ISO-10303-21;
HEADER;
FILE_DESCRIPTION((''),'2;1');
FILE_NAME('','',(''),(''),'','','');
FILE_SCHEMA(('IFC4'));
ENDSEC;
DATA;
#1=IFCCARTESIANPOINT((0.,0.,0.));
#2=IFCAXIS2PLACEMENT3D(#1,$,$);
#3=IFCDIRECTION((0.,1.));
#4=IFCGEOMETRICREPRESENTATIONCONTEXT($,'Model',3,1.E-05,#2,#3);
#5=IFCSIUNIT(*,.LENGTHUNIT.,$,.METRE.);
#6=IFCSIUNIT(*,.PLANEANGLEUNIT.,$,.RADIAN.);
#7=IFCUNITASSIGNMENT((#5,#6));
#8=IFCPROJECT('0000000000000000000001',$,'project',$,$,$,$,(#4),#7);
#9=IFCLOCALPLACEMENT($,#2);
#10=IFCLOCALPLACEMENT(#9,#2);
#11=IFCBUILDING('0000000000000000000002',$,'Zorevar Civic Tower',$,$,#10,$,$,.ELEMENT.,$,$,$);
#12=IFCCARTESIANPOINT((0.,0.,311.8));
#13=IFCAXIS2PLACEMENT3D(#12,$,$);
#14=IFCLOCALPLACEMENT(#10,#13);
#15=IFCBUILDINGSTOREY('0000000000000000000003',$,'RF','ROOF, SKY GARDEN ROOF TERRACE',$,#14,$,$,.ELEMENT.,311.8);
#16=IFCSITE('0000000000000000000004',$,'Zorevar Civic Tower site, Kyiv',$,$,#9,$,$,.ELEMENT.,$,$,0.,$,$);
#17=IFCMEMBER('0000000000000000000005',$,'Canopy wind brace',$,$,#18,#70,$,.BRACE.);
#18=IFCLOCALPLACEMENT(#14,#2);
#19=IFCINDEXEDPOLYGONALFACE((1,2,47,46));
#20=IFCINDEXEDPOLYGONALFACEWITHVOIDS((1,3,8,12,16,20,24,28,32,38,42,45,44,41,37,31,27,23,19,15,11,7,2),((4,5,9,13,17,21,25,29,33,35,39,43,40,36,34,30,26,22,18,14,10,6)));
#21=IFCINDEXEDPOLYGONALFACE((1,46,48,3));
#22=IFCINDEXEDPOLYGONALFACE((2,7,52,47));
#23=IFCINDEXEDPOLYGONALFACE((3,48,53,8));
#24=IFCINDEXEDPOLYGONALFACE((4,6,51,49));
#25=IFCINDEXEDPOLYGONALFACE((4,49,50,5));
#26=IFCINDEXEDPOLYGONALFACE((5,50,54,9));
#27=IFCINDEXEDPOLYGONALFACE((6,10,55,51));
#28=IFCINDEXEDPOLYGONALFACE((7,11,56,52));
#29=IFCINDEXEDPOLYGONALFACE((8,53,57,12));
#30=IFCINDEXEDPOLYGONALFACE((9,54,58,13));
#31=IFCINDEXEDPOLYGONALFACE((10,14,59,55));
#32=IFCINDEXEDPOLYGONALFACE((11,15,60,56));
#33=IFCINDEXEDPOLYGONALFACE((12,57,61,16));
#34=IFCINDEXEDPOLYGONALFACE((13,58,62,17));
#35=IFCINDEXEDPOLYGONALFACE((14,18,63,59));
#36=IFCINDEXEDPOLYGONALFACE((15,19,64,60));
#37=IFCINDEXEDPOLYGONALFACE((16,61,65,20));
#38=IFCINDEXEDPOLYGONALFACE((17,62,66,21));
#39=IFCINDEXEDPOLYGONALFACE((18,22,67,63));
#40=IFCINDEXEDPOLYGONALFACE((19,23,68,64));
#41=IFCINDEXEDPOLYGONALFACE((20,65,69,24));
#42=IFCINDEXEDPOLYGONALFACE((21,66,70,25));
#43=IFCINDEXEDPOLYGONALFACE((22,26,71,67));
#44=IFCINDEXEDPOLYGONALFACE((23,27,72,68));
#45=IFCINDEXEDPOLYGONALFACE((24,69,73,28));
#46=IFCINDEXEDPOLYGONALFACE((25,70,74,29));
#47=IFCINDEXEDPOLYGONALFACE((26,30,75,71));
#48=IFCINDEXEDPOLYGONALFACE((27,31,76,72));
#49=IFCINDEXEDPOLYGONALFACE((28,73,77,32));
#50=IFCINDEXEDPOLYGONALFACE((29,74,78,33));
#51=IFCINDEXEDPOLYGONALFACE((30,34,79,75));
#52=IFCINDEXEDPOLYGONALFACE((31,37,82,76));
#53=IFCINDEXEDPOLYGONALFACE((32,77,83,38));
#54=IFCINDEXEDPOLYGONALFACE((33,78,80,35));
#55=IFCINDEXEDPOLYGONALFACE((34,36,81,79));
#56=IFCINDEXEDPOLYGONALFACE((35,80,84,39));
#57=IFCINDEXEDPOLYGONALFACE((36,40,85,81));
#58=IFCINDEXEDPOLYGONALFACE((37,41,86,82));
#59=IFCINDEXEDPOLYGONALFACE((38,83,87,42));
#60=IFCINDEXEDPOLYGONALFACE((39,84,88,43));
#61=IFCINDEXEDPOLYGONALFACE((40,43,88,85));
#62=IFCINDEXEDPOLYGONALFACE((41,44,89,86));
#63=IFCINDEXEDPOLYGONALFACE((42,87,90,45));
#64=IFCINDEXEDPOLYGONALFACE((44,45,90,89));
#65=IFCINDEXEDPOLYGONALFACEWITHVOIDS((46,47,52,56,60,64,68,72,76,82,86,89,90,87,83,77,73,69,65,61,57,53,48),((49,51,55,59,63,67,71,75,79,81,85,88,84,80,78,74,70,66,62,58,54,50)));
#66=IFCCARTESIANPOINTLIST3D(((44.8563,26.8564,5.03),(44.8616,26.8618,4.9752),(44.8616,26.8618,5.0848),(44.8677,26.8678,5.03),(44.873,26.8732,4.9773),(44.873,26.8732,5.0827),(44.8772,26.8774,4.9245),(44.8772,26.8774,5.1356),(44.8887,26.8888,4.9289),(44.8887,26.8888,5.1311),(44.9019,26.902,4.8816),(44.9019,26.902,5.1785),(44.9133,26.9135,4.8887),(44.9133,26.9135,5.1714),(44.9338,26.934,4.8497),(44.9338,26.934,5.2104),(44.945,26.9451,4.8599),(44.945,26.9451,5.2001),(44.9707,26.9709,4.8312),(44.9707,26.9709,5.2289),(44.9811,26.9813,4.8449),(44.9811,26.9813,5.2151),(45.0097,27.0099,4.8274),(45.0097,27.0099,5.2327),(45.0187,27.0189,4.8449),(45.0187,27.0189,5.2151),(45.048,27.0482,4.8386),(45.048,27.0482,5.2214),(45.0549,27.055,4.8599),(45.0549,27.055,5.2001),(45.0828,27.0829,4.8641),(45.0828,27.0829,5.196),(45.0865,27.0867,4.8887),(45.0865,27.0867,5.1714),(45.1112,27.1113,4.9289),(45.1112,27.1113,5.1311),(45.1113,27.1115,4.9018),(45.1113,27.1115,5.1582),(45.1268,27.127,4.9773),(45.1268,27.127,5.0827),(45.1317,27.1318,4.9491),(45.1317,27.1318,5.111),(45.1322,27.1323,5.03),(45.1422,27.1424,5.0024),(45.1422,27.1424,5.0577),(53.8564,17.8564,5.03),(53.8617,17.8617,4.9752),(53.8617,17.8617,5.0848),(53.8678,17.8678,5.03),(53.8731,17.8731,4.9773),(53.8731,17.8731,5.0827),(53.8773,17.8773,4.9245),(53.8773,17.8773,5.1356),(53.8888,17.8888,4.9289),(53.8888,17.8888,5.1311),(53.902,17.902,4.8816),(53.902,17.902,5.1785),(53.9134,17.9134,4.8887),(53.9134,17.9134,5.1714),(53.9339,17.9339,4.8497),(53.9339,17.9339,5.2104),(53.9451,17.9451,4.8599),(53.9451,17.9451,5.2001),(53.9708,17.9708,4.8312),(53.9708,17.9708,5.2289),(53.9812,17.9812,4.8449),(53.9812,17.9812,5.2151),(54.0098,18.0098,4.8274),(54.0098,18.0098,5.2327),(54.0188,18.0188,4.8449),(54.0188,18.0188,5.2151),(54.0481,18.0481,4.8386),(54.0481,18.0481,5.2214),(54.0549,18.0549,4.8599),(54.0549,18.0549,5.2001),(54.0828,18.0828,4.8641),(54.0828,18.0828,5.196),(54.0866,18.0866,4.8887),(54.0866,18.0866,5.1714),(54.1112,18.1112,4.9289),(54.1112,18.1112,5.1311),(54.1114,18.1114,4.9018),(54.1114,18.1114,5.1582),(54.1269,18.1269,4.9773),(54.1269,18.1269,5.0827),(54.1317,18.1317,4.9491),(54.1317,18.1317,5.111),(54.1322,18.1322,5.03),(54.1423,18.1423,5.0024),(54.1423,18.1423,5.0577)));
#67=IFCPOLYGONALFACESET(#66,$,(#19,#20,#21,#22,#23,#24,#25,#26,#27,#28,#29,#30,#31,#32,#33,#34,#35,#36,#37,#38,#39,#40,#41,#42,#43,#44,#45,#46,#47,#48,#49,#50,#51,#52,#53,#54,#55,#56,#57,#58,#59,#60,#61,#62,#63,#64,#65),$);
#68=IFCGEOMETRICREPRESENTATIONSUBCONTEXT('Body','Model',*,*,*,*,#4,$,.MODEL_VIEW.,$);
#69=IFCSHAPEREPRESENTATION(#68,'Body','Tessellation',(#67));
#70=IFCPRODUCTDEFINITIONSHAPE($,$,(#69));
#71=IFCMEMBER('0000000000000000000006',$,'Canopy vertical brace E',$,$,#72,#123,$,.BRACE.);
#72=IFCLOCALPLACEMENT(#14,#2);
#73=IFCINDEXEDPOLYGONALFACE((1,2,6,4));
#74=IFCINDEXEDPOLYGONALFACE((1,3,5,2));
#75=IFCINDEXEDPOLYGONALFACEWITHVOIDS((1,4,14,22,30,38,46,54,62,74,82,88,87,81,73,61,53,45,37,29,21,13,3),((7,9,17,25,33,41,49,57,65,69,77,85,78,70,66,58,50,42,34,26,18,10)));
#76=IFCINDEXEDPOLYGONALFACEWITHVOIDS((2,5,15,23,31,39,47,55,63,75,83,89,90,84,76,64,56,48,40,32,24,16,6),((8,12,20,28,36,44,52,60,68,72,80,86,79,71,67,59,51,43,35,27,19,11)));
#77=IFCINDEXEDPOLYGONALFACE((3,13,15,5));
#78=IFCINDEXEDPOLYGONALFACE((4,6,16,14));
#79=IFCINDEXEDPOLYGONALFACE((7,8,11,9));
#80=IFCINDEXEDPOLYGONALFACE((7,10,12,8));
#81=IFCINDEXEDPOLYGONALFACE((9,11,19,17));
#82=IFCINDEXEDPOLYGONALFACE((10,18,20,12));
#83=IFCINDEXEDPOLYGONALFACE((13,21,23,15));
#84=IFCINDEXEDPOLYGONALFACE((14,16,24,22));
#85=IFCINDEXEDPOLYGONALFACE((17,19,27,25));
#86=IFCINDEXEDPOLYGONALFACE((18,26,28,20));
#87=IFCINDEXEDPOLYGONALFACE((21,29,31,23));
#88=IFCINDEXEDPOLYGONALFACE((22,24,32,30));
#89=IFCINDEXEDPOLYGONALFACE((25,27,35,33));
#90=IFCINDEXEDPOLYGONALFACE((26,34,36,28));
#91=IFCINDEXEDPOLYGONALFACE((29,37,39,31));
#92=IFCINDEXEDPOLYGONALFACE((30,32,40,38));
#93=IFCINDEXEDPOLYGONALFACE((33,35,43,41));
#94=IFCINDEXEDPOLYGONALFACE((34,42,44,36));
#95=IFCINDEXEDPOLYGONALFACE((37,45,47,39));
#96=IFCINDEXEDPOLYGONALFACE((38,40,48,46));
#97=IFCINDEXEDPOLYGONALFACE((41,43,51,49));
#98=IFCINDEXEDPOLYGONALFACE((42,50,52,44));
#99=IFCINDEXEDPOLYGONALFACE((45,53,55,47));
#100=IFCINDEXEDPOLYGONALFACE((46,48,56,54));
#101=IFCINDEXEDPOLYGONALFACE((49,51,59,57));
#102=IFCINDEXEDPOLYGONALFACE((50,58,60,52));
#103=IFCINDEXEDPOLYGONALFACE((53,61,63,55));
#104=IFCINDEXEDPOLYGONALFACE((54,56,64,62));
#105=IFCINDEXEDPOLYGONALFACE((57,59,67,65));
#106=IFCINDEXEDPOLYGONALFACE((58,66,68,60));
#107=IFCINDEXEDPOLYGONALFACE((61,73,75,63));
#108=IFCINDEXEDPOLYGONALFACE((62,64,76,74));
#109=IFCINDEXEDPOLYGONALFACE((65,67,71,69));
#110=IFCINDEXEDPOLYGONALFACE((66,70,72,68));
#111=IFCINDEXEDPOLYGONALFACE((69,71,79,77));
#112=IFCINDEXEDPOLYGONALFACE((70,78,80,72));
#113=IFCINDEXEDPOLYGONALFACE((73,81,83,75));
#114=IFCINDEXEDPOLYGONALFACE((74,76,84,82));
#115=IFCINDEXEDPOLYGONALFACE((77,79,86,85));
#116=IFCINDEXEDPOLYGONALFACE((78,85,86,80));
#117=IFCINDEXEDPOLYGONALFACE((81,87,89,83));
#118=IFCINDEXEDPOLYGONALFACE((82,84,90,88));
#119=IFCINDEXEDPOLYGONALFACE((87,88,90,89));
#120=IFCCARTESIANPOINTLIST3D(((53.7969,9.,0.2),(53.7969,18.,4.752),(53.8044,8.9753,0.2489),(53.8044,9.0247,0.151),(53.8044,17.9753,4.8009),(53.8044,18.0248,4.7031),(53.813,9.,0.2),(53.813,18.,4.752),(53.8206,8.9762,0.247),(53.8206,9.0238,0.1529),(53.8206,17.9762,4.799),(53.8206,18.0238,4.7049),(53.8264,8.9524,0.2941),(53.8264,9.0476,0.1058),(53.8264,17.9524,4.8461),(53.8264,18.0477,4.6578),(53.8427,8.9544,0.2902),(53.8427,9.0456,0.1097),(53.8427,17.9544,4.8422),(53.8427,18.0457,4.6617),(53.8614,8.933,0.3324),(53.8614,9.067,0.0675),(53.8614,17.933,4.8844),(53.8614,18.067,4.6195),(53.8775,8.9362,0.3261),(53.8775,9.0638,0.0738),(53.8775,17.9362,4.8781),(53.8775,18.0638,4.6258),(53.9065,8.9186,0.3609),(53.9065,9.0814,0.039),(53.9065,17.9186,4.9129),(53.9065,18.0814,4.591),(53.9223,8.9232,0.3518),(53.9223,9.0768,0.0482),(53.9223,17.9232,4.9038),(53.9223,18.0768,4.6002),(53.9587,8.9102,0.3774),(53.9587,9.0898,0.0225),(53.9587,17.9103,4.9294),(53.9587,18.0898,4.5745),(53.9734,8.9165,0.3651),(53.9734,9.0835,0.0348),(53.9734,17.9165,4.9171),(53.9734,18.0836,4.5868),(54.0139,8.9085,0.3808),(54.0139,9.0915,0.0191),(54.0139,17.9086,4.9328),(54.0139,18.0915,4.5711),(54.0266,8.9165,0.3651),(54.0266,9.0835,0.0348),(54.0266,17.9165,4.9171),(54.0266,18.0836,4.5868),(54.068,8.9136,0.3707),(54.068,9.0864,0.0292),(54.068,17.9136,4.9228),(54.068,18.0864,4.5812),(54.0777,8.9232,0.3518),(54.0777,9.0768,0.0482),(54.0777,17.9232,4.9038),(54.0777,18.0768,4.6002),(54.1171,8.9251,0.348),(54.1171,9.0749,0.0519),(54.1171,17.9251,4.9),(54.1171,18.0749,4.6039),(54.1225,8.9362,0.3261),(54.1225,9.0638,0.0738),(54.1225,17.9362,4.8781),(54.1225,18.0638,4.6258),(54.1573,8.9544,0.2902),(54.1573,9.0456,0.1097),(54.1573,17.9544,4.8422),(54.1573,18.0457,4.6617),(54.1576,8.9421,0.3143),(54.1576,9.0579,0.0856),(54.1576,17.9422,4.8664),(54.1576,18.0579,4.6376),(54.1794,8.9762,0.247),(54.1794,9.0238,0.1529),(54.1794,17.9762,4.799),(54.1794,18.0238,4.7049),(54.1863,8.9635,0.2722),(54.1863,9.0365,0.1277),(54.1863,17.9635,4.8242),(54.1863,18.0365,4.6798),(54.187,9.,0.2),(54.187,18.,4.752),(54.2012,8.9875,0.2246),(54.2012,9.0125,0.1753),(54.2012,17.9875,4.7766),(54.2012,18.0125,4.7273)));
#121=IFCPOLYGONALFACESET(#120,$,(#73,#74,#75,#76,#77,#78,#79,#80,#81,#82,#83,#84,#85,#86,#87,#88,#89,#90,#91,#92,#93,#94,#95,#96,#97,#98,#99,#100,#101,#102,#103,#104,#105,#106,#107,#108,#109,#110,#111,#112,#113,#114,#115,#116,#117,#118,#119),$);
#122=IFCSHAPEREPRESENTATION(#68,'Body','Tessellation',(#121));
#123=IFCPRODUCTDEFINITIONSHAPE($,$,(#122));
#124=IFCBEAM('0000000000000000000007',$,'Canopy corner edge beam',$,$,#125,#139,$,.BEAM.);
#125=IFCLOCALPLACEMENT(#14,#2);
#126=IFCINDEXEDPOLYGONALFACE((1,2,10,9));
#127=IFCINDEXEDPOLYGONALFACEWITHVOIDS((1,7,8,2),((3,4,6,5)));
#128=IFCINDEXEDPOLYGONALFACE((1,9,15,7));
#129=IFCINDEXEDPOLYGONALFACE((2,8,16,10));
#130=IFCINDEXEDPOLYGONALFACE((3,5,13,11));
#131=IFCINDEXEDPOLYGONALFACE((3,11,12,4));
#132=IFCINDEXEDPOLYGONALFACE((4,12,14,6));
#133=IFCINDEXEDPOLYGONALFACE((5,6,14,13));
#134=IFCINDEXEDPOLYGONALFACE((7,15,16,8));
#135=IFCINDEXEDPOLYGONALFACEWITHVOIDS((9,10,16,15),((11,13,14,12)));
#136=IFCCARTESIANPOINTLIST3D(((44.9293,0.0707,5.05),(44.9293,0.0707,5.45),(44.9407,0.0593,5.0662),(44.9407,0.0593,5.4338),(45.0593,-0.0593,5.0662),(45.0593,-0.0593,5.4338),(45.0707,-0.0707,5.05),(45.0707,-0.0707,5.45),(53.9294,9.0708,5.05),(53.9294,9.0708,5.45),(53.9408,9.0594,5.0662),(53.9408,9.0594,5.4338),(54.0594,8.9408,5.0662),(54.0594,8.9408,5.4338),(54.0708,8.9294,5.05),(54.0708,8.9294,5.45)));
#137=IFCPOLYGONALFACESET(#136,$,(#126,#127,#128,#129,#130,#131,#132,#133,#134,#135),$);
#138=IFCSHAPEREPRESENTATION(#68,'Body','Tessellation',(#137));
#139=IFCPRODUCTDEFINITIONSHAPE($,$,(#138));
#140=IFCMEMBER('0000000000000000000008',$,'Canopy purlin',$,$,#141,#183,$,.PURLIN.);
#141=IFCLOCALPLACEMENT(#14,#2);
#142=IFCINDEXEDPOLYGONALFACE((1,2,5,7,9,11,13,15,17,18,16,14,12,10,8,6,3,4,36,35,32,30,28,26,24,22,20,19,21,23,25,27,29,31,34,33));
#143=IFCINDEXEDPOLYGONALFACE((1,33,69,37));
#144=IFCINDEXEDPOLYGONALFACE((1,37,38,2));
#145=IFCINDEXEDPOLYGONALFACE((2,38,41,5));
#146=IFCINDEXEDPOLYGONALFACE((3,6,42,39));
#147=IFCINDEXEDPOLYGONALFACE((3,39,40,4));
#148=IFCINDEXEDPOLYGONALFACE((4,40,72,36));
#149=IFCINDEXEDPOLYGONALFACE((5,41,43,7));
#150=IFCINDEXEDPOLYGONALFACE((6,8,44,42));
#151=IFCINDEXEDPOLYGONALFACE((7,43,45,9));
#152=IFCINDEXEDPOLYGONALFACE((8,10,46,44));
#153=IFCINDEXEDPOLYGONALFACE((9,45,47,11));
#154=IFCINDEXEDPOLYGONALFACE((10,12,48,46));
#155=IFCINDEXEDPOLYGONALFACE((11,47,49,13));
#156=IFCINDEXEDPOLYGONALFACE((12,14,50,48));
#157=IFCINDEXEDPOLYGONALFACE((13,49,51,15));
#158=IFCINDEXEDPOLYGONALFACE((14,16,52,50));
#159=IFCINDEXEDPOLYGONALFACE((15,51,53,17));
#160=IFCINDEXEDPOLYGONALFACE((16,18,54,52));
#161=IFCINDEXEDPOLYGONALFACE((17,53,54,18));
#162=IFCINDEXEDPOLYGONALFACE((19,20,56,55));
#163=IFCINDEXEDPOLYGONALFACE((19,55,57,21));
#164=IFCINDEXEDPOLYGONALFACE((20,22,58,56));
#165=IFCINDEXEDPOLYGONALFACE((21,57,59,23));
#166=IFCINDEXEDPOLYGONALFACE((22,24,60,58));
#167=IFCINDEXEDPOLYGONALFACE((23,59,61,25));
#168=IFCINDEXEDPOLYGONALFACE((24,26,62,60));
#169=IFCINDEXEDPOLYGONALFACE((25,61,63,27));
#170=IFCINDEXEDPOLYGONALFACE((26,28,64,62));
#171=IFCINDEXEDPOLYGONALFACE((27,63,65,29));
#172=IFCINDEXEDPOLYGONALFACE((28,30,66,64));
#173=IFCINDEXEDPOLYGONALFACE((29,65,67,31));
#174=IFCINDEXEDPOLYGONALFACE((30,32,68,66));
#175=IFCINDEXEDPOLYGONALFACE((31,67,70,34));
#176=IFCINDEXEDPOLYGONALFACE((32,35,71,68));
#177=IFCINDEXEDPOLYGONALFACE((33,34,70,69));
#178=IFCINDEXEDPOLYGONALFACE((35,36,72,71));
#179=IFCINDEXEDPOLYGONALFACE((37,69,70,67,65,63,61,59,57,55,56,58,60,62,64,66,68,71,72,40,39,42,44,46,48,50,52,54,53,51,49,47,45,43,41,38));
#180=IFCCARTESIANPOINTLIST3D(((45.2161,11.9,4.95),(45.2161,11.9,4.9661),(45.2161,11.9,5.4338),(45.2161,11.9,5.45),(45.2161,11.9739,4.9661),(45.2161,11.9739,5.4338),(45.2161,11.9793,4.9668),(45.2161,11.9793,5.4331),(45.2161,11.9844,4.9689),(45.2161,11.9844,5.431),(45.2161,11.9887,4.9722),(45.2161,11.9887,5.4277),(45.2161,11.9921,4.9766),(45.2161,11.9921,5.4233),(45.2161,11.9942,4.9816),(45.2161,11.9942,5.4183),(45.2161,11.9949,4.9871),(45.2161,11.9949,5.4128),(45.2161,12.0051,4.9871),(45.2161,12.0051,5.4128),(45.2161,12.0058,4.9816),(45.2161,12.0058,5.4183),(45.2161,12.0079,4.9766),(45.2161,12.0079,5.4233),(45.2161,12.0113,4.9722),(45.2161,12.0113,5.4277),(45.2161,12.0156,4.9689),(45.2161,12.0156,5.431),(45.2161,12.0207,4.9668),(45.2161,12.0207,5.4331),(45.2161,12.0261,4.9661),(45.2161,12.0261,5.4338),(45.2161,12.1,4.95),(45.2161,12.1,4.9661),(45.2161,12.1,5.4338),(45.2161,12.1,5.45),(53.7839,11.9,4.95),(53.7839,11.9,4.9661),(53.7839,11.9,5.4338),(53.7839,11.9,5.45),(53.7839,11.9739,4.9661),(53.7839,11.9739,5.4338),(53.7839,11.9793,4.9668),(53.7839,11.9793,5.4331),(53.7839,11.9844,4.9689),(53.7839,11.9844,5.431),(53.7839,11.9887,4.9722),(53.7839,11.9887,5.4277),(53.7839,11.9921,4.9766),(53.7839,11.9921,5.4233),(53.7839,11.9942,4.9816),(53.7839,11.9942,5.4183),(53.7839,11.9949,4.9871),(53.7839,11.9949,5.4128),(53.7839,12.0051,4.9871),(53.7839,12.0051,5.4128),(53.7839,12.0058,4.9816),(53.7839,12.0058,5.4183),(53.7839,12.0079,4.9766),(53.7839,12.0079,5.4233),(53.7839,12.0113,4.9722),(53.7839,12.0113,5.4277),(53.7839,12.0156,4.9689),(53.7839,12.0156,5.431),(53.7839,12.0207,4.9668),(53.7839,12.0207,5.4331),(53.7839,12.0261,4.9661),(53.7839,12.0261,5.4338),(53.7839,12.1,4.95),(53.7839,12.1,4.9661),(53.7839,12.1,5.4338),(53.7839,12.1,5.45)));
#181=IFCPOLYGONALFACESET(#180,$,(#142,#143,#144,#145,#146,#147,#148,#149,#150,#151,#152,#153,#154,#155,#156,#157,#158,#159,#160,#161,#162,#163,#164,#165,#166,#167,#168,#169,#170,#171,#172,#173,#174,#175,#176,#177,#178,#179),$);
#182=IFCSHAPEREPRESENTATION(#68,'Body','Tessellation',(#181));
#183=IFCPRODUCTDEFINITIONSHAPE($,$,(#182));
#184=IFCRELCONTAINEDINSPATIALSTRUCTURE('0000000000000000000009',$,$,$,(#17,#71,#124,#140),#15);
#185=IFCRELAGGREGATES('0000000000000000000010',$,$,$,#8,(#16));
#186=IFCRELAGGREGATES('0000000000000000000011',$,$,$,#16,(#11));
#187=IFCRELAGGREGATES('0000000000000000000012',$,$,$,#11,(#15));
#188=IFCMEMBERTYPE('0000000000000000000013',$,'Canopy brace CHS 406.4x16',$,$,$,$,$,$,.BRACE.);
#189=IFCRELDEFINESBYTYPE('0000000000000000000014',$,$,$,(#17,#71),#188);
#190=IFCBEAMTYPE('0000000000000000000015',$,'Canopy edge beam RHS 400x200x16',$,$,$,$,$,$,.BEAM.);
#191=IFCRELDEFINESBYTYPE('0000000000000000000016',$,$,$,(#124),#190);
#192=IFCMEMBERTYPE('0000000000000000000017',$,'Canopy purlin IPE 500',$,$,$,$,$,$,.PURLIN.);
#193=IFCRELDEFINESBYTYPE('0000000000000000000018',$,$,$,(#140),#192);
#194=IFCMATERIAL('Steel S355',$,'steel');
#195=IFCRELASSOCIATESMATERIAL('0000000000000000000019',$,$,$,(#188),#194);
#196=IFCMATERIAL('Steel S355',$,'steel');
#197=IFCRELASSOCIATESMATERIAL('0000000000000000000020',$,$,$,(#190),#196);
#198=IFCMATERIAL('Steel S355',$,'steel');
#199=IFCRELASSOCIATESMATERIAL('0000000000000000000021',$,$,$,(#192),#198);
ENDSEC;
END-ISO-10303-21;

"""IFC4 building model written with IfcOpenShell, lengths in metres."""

from ifc_helpers import new_model, si_unit, direction, frame, origin, origin_2d, place, context, subcontext, project, spatial, hollow_rectangle, hollow_circle, i_section, extrude, material, material_profile, profile_set, type_object, element, save


model = new_model("IFC4")

# Units and contexts
model_context = context("Model", 3, precision=1e-05, world=origin(), true_north=direction((0.0, 1.0)))
body_context = subcontext(model_context, "Body", "Model", "MODEL_VIEW")
ifc_project = project(units=[si_unit("LENGTHUNIT", "METRE"), si_unit("PLANEANGLEUNIT", "RADIAN")], contexts=[model_context])

# Site, building, storey
site_placement = place(None, origin())
site = spatial("IfcSite", under=ifc_project, at=site_placement, Name="Zorevar Civic Tower site, Kyiv", CompositionType="ELEMENT", RefElevation=0.0)
building_placement = place(site_placement, origin())
building = spatial("IfcBuilding", under=site, at=building_placement, Name="Zorevar Civic Tower", CompositionType="ELEMENT")
storey_placement = place(building_placement, frame((0.0, 0.0, 311.8)))
storey = spatial("IfcBuildingStorey", under=building, at=storey_placement, Name="RF", Description="ROOF, SKY GARDEN ROOF TERRACE", CompositionType="ELEMENT", Elevation=311.8)

# Members
ifc_material_1 = material(Name="Steel S355", Category="steel")
ifc_material_profile_1 = material_profile(ifc_material_1, hollow_circle(Radius=0.2031, WallThickness=0.0161, at=origin_2d()), Name="CHS 406.4x16")
ifc_profile_set_1 = profile_set([ifc_material_profile_1], Name="Steel S355")
member_type_1 = type_object("IfcMemberType", Name="Canopy brace CHS 406.4x16", PredefinedType="BRACE", material=ifc_profile_set_1)
member_1_placement = place(storey_placement, frame((54.0, 18.0, 5.03), z_axis=(-0.707107, 0.707107, 0.0), x_axis=(-0.707107, -0.707107, 0.0)))
element("IfcMember", 1, at=member_1_placement, inside=storey, type_object=member_type_1, Name="Canopy wind brace", PredefinedType="BRACE", context=body_context, shape_type="SweptSolid", body=[
    extrude(hollow_circle(Radius=0.2031, WallThickness=0.0161, at=origin_2d()), origin(), (0.0, 0.0, 1.0), 12.728),
])
member_2_placement = place(storey_placement, frame((54.0, 9.0, 0.2), z_axis=(0.0, 0.892355, 0.451334), x_axis=(-1.0, 0.0, 0.0)))
element("IfcMember", 2, at=member_2_placement, inside=storey, type_object=member_type_1, Name="Canopy vertical brace E", PredefinedType="BRACE", context=body_context, shape_type="SweptSolid", body=[
    extrude(hollow_circle(Radius=0.2031, WallThickness=0.0161, at=origin_2d()), origin(), (0.0, 0.0, 1.0), 10.0857),
])

# Beam
ifc_material_2 = material(Name="Steel S355", Category="steel")
ifc_material_profile_2 = material_profile(ifc_material_2, hollow_rectangle(XDim=0.2, YDim=0.3999, WallThickness=0.0161, at=origin_2d()), Name="RHS 400x200x16")
ifc_profile_set_2 = profile_set([ifc_material_profile_2], Name="Steel S355")
beam_type_1 = type_object("IfcBeamType", Name="Canopy edge beam RHS 400x200x16", PredefinedType="BEAM", material=ifc_profile_set_2)
beam_1_placement = place(storey_placement, frame((45.0, 0.0, 5.25), z_axis=(0.707107, 0.707107, 0.0), x_axis=(-0.707107, 0.707107, 0.0)))
element("IfcBeam", 3, at=beam_1_placement, inside=storey, type_object=beam_type_1, Name="Canopy corner edge beam", PredefinedType="BEAM", context=body_context, shape_type="SweptSolid", body=[
    extrude(hollow_rectangle(XDim=0.2, YDim=0.3999, WallThickness=0.0161, at=origin_2d()), origin(), (0.0, 0.0, 1.0), 12.728),
])

# Member
ifc_material_3 = material(Name="Steel S355", Category="steel")
ifc_material_profile_3 = material_profile(ifc_material_3, i_section(OverallWidth=0.2, OverallDepth=0.5, WebThickness=0.0103, FlangeThickness=0.0161, FilletRadius=0.021, at=origin_2d()), Name="IPE 500")
ifc_profile_set_3 = profile_set([ifc_material_profile_3], Name="Steel S355")
member_type_2 = type_object("IfcMemberType", Name="Canopy purlin IPE 500", PredefinedType="PURLIN", material=ifc_profile_set_3)
for number, where, z_axis, x_axis, name in (
    (4, (45.2161, 12.0, 5.2), (1.0, 0.0, 0.0), (0.0, 1.0, 0.0), "Canopy purlin"),
):
    element("IfcMember", number, at=place(storey_placement, frame(where, z_axis=z_axis, x_axis=x_axis)), inside=storey, type_object=member_type_2, Name=name, PredefinedType="PURLIN", context=body_context, shape_type="SweptSolid", body=[
        extrude(i_section(OverallWidth=0.2, OverallDepth=0.5, WebThickness=0.0103, FlangeThickness=0.0161, FilletRadius=0.021, at=origin_2d()), origin(), (0.0, 0.0, 1.0), 8.5679),
    ])

save(model, "model.ifc")
